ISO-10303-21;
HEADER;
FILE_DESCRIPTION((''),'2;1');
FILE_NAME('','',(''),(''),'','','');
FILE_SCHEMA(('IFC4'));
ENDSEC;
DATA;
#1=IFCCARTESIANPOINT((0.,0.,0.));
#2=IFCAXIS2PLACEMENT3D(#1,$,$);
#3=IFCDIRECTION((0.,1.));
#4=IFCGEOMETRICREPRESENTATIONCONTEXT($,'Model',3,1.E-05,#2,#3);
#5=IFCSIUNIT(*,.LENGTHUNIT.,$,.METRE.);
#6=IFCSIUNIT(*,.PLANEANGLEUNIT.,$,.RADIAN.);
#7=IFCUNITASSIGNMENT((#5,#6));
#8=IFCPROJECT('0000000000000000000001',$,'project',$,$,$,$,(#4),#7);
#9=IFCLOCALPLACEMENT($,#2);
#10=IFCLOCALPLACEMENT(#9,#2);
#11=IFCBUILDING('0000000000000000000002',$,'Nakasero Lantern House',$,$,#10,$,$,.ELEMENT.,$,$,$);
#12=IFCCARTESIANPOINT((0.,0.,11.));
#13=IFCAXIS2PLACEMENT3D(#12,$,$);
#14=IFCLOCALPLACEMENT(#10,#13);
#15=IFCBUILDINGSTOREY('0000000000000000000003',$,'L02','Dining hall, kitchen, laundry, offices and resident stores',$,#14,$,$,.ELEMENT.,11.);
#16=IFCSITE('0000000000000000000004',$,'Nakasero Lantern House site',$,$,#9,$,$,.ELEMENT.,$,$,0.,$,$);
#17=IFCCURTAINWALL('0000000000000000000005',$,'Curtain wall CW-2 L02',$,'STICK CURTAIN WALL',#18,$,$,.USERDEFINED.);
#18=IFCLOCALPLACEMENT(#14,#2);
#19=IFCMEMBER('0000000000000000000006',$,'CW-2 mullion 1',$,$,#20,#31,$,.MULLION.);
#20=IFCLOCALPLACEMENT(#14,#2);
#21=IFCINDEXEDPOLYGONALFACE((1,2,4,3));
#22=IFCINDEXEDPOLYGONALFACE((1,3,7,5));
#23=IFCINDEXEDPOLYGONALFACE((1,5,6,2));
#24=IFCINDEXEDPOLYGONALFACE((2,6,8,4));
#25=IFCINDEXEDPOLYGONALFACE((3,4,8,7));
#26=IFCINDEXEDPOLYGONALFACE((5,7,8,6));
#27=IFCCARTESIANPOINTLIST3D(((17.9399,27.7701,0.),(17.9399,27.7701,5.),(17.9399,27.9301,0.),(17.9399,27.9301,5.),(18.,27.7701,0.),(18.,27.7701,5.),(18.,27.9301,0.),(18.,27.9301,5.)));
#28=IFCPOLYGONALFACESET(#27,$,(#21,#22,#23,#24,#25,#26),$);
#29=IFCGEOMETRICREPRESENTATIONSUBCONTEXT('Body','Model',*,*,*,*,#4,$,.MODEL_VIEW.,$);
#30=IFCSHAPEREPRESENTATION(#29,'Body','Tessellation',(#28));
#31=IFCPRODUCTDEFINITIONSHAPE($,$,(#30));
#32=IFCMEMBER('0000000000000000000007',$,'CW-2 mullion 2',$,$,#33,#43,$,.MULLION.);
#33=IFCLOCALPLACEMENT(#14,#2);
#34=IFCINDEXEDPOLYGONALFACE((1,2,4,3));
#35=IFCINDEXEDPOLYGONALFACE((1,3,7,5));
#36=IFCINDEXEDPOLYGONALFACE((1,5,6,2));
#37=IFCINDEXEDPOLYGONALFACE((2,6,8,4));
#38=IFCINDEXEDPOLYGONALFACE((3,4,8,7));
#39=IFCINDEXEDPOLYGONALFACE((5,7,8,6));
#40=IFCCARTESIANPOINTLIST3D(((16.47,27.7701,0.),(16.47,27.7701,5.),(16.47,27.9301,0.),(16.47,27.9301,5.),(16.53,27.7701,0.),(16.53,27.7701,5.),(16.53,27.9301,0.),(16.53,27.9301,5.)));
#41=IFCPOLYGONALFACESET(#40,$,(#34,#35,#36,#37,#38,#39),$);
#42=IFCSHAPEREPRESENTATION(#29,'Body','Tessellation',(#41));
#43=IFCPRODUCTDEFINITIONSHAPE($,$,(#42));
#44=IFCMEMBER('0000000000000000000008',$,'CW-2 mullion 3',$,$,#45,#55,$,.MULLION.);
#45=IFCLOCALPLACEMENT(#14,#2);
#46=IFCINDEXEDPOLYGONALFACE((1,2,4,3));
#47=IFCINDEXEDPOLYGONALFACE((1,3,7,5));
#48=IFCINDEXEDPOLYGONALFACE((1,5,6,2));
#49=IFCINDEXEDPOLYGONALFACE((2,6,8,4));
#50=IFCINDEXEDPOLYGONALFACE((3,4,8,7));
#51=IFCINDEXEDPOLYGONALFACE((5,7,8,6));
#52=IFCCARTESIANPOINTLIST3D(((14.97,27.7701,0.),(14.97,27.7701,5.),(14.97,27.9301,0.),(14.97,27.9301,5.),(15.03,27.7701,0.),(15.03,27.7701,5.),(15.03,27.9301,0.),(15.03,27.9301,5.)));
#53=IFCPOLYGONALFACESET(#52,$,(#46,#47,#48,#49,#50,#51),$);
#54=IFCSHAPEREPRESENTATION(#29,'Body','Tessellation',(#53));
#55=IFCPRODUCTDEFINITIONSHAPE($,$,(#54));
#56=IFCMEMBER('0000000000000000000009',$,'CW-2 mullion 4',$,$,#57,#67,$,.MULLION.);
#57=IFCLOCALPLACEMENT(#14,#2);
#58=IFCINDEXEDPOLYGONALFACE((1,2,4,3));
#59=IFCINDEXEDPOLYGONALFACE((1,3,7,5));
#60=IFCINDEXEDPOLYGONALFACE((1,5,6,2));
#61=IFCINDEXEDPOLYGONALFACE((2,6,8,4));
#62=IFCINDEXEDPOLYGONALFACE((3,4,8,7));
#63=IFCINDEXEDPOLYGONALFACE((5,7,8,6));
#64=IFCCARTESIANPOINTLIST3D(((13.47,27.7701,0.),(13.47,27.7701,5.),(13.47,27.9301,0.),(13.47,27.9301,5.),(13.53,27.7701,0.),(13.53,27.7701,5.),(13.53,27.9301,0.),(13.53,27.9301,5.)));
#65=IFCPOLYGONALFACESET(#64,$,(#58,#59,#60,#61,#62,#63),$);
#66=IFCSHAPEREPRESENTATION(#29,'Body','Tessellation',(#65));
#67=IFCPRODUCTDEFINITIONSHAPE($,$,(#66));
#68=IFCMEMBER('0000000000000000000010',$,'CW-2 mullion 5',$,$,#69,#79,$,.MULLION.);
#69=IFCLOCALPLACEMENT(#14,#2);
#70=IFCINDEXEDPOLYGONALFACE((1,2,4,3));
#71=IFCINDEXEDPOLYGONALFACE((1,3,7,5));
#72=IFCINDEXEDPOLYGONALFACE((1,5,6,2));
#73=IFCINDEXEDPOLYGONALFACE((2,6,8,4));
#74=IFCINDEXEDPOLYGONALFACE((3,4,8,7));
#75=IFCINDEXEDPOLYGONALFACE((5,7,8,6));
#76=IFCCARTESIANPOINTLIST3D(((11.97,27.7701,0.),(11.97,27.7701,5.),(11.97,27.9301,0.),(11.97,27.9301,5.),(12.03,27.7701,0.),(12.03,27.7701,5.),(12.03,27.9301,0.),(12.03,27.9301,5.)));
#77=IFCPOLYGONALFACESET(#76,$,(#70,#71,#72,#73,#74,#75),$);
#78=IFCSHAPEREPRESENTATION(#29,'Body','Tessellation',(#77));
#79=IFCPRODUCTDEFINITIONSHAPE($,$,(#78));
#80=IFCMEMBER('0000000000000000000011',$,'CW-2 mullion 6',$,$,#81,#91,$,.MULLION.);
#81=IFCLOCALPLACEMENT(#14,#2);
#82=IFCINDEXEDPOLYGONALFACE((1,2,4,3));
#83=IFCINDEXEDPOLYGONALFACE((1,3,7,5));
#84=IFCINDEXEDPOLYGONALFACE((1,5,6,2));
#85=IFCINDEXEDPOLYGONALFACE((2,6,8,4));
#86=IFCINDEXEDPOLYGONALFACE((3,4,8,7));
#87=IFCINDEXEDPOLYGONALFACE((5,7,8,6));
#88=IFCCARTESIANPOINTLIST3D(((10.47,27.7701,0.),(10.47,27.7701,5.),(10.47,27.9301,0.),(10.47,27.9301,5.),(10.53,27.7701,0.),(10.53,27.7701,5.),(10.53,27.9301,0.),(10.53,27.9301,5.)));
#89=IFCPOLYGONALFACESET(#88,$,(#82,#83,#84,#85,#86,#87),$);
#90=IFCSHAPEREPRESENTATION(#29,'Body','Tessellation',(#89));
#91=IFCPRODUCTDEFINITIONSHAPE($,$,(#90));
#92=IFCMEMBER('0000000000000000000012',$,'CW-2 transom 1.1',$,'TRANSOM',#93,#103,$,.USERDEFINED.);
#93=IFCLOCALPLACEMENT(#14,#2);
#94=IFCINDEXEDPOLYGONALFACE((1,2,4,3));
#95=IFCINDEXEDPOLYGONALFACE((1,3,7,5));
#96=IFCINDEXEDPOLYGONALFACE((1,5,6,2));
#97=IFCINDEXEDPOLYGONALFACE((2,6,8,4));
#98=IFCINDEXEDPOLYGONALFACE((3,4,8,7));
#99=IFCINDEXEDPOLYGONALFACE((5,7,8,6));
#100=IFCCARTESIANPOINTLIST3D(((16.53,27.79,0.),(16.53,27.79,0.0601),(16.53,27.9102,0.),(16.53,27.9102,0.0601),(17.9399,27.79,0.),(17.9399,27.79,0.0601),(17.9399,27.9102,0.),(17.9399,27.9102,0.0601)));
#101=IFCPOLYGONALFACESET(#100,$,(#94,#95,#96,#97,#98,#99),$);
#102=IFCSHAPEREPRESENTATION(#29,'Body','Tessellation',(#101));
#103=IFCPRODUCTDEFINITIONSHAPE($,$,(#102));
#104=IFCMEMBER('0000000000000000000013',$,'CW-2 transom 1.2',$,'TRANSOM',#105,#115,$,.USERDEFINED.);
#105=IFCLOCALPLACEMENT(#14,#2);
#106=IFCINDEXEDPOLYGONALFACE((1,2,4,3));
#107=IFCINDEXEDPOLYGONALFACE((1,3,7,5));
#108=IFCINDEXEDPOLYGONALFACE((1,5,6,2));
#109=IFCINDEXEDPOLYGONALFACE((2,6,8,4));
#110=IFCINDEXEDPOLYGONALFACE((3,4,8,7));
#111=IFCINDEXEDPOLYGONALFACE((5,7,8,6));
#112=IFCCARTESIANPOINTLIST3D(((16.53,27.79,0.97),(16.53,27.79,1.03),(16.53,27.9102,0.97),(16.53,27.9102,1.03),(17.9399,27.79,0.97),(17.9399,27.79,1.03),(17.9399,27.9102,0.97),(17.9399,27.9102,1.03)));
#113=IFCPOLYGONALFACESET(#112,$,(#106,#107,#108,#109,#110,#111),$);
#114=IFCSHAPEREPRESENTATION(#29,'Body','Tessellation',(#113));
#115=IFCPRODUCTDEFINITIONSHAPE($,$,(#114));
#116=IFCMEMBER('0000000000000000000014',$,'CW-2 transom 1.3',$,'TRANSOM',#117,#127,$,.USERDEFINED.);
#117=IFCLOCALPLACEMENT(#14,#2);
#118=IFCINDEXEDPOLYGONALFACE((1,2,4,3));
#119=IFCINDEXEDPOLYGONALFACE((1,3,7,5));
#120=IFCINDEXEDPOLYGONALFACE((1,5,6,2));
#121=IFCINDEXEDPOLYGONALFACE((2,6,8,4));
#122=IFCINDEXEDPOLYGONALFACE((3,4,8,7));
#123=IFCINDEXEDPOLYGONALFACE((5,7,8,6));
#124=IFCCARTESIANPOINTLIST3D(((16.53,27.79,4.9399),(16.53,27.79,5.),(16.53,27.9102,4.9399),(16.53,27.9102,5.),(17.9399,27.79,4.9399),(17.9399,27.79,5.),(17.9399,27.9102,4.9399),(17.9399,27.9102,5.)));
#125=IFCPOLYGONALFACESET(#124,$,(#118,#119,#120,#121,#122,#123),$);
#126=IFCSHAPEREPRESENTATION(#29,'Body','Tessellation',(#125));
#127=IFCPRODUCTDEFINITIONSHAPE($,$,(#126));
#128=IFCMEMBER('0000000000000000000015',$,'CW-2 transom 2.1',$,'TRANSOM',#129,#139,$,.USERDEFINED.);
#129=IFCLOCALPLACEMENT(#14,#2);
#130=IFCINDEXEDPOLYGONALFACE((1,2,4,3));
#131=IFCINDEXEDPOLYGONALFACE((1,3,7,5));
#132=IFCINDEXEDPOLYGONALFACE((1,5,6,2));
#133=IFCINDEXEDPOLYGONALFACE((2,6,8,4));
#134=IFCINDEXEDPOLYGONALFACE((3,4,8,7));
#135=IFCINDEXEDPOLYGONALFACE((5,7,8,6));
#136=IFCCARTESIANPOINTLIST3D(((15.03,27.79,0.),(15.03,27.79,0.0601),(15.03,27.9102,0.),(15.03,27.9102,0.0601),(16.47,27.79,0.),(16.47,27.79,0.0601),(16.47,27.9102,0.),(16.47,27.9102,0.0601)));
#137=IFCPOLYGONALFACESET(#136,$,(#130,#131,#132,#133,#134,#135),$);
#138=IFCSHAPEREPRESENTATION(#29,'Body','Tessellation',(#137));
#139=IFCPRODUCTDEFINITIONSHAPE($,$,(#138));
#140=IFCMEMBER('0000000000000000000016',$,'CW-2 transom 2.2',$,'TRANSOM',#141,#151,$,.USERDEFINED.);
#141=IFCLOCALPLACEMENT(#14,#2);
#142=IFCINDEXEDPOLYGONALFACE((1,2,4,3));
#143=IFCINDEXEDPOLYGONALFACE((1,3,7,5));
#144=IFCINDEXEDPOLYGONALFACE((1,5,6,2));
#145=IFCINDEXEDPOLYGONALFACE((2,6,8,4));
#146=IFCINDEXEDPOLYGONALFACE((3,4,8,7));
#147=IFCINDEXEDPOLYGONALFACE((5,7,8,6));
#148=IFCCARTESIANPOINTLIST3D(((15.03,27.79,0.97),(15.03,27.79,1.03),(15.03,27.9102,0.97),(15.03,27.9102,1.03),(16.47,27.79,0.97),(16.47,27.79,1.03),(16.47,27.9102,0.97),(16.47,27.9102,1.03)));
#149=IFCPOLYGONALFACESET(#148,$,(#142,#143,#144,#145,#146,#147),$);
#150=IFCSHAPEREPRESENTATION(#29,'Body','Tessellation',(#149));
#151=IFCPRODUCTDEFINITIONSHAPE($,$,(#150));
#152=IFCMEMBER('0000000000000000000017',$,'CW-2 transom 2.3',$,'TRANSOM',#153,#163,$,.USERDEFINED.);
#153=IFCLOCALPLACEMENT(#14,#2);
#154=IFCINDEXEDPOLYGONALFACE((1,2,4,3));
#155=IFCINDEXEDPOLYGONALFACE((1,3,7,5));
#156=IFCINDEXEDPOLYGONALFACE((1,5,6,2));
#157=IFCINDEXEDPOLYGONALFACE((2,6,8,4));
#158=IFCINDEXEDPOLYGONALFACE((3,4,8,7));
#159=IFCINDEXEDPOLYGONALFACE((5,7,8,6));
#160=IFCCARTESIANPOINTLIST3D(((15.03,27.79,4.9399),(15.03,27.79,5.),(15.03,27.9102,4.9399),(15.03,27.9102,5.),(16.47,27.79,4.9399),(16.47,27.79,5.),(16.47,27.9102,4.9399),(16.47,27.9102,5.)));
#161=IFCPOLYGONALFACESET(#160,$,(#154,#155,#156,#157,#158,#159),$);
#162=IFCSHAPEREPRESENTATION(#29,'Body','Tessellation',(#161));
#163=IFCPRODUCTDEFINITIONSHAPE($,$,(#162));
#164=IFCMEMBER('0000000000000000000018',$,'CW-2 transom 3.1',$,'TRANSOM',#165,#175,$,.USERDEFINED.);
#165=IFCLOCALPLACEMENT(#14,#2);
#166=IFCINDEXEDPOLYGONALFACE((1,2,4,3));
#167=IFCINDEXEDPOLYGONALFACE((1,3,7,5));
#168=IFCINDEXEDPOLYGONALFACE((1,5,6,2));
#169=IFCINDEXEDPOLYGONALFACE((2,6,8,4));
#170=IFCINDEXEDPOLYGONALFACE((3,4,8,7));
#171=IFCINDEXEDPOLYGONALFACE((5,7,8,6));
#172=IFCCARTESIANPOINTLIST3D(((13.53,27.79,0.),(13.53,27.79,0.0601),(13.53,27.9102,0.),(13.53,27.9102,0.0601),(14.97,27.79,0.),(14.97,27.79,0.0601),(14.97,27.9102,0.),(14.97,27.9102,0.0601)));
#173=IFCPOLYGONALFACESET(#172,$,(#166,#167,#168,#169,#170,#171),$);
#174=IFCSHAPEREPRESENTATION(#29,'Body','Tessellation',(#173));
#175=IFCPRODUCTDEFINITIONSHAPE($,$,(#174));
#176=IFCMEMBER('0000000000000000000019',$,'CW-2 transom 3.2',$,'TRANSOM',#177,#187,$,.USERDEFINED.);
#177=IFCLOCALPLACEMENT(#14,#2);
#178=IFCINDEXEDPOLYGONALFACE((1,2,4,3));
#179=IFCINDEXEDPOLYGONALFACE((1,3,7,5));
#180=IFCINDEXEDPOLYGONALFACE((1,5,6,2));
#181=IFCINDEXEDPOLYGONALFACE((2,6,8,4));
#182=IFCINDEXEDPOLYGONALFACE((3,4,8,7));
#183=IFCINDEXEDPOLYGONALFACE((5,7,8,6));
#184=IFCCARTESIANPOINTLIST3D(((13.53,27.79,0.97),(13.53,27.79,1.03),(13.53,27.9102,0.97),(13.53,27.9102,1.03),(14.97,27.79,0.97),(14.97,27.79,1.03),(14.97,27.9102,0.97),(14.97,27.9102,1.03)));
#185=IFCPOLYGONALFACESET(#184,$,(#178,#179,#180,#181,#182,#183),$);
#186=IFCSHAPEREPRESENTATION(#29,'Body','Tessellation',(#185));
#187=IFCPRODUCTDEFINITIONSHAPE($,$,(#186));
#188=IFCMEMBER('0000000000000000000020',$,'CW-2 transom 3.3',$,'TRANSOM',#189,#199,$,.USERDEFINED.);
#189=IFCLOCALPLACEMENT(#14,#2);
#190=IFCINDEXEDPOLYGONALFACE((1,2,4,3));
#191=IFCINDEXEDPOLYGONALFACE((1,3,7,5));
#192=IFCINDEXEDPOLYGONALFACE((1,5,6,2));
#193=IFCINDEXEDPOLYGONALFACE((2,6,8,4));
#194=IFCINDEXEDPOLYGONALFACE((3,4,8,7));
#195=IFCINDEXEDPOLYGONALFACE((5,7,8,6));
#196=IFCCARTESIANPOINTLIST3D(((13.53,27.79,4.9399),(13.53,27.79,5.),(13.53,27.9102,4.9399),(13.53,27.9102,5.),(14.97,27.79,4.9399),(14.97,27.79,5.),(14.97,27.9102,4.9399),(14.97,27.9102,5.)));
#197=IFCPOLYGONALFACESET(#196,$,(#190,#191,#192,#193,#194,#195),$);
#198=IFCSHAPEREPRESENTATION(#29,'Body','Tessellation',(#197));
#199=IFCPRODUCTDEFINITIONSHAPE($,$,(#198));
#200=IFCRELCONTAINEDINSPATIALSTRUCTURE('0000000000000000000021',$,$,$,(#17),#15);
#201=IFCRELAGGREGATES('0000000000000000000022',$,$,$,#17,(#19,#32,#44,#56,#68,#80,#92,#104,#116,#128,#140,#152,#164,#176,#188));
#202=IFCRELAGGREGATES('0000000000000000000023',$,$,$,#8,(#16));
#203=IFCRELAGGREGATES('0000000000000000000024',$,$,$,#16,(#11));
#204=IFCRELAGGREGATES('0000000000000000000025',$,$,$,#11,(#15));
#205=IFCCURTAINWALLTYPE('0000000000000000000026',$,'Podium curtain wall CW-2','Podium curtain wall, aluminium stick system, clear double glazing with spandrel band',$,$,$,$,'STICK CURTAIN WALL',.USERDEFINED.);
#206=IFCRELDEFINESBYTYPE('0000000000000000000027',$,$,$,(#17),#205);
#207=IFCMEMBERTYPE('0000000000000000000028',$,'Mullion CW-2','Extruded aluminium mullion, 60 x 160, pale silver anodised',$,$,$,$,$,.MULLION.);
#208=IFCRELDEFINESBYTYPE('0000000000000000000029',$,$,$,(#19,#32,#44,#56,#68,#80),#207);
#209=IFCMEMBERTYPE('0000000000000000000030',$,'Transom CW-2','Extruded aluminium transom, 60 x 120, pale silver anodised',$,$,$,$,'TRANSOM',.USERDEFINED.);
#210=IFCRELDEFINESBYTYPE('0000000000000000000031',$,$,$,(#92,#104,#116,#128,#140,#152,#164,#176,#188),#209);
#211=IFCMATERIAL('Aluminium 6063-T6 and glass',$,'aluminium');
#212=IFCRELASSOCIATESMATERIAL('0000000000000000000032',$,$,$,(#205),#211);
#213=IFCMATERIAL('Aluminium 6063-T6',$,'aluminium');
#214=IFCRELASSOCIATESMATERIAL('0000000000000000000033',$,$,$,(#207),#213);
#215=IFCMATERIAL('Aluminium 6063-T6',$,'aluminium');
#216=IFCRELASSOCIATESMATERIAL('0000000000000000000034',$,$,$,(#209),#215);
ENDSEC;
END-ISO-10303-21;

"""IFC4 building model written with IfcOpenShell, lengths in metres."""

from ifc_helpers import new_model, si_unit, direction, frame, origin, origin_2d, place, context, subcontext, project, spatial, rectangle, extrude, material, material_profile, profile_set, type_object, element, aggregate, save


model = new_model("IFC4")

# Units and contexts
model_context = context("Model", 3, precision=1e-05, world=origin(), true_north=direction((0.0, 1.0)))
body_context = subcontext(model_context, "Body", "Model", "MODEL_VIEW")
ifc_project = project(units=[si_unit("LENGTHUNIT", "METRE"), si_unit("PLANEANGLEUNIT", "RADIAN")], contexts=[model_context])

# Site, building, storey
site_placement = place(None, origin())
site = spatial("IfcSite", under=ifc_project, at=site_placement, Name="Nakasero Lantern House site", CompositionType="ELEMENT", RefElevation=0.0)
building_placement = place(site_placement, origin())
building = spatial("IfcBuilding", under=site, at=building_placement, Name="Nakasero Lantern House", CompositionType="ELEMENT")
storey_placement = place(building_placement, frame((0.0, 0.0, 11.0)))
storey = spatial("IfcBuildingStorey", under=building, at=storey_placement, Name="L02", Description="Dining hall, kitchen, laundry, offices and resident stores", CompositionType="ELEMENT", Elevation=11.0)

# Curtain wall, members
ifc_material_1 = material(Name="Aluminium 6063-T6 and glass", Category="aluminium")
curtain_wall_type = type_object("IfcCurtainWallType", Name="Podium curtain wall CW-2", Description="Podium curtain wall, aluminium stick system, clear double glazing with spandrel band", ElementType="STICK CURTAIN WALL", PredefinedType="USERDEFINED", material=ifc_material_1)
curtain_wall_placement = place(storey_placement, origin())
curtain_wall = element("IfcCurtainWall", 1, at=curtain_wall_placement, inside=storey, type_object=curtain_wall_type, Name="Curtain wall CW-2 L02", ObjectType="STICK CURTAIN WALL", PredefinedType="USERDEFINED")
ifc_material_2 = material(Name="Aluminium 6063-T6", Category="aluminium")
ifc_material_profile_1 = material_profile(ifc_material_2, rectangle(XDim=0.0601, YDim=0.1599, at=origin_2d()), Name="CW-2 mullion 60x160")
ifc_profile_set_1 = profile_set([ifc_material_profile_1], Name="Aluminium 6063-T6")
member_type_1 = type_object("IfcMemberType", Name="Mullion CW-2", Description="Extruded aluminium mullion, 60 x 160, pale silver anodised", PredefinedType="MULLION", material=ifc_profile_set_1)
member_1_placement = place(storey_placement, frame((17.97, 27.8501, 0.0), z_axis=(0.0, 0.0, 1.0), x_axis=(-1.0, 0.0, 0.0)))
member_1 = element("IfcMember", 2, at=member_1_placement, type_object=member_type_1, Name="CW-2 mullion 1", PredefinedType="MULLION", context=body_context, shape_type="SweptSolid", body=[
    extrude(rectangle(XDim=0.0601, YDim=0.1599, at=origin_2d()), origin(), (0.0, 0.0, 1.0), 5.0),
])
member_2_placement = place(storey_placement, frame((16.5, 27.8501, 0.0), z_axis=(0.0, 0.0, 1.0), x_axis=(-1.0, 0.0, 0.0)))
member_2 = element("IfcMember", 3, at=member_2_placement, type_object=member_type_1, Name="CW-2 mullion 2", PredefinedType="MULLION", context=body_context, shape_type="SweptSolid", body=[
    extrude(rectangle(XDim=0.0601, YDim=0.1599, at=origin_2d()), origin(), (0.0, 0.0, 1.0), 5.0),
])
member_3_placement = place(storey_placement, frame((15.0, 27.8501, 0.0), z_axis=(0.0, 0.0, 1.0), x_axis=(-1.0, 0.0, 0.0)))
member_3 = element("IfcMember", 4, at=member_3_placement, type_object=member_type_1, Name="CW-2 mullion 3", PredefinedType="MULLION", context=body_context, shape_type="SweptSolid", body=[
    extrude(rectangle(XDim=0.0601, YDim=0.1599, at=origin_2d()), origin(), (0.0, 0.0, 1.0), 5.0),
])
member_4_placement = place(storey_placement, frame((13.5, 27.8501, 0.0), z_axis=(0.0, 0.0, 1.0), x_axis=(-1.0, 0.0, 0.0)))
member_4 = element("IfcMember", 5, at=member_4_placement, type_object=member_type_1, Name="CW-2 mullion 4", PredefinedType="MULLION", context=body_context, shape_type="SweptSolid", body=[
    extrude(rectangle(XDim=0.0601, YDim=0.1599, at=origin_2d()), origin(), (0.0, 0.0, 1.0), 5.0),
])
member_5_placement = place(storey_placement, frame((12.0, 27.8501, 0.0), z_axis=(0.0, 0.0, 1.0), x_axis=(-1.0, 0.0, 0.0)))
member_5 = element("IfcMember", 6, at=member_5_placement, type_object=member_type_1, Name="CW-2 mullion 5", PredefinedType="MULLION", context=body_context, shape_type="SweptSolid", body=[
    extrude(rectangle(XDim=0.0601, YDim=0.1599, at=origin_2d()), origin(), (0.0, 0.0, 1.0), 5.0),
])
member_6_placement = place(storey_placement, frame((10.5, 27.8501, 0.0), z_axis=(0.0, 0.0, 1.0), x_axis=(-1.0, 0.0, 0.0)))
member_6 = element("IfcMember", 7, at=member_6_placement, type_object=member_type_1, Name="CW-2 mullion 6", PredefinedType="MULLION", context=body_context, shape_type="SweptSolid", body=[
    extrude(rectangle(XDim=0.0601, YDim=0.1599, at=origin_2d()), origin(), (0.0, 0.0, 1.0), 5.0),
])
ifc_material_3 = material(Name="Aluminium 6063-T6", Category="aluminium")
ifc_material_profile_2 = material_profile(ifc_material_3, rectangle(XDim=0.0601, YDim=0.1201, at=origin_2d()), Name="CW-2 transom 60x120")
ifc_profile_set_2 = profile_set([ifc_material_profile_2], Name="Aluminium 6063-T6")
member_type_2 = type_object("IfcMemberType", Name="Transom CW-2", Description="Extruded aluminium transom, 60 x 120, pale silver anodised", ElementType="TRANSOM", PredefinedType="USERDEFINED", material=ifc_profile_set_2)
member_7_placement = place(storey_placement, frame((17.9399, 27.8501, 0.03), z_axis=(-1.0, 0.0, 0.0), x_axis=(0.0, 0.0, 1.0)))
member_7 = element("IfcMember", 8, at=member_7_placement, type_object=member_type_2, Name="CW-2 transom 1.1", ObjectType="TRANSOM", PredefinedType="USERDEFINED", context=body_context, shape_type="SweptSolid", body=[
    extrude(rectangle(XDim=0.0601, YDim=0.1201, at=origin_2d()), origin(), (0.0, 0.0, 1.0), 1.4099),
])
member_8_placement = place(storey_placement, frame((17.9399, 27.8501, 1.0), z_axis=(-1.0, 0.0, 0.0), x_axis=(0.0, 0.0, 1.0)))
member_8 = element("IfcMember", 9, at=member_8_placement, type_object=member_type_2, Name="CW-2 transom 1.2", ObjectType="TRANSOM", PredefinedType="USERDEFINED", context=body_context, shape_type="SweptSolid", body=[
    extrude(rectangle(XDim=0.0601, YDim=0.1201, at=origin_2d()), origin(), (0.0, 0.0, 1.0), 1.4099),
])
member_9_placement = place(storey_placement, frame((17.9399, 27.8501, 4.97), z_axis=(-1.0, 0.0, 0.0), x_axis=(0.0, 0.0, 1.0)))
member_9 = element("IfcMember", 10, at=member_9_placement, type_object=member_type_2, Name="CW-2 transom 1.3", ObjectType="TRANSOM", PredefinedType="USERDEFINED", context=body_context, shape_type="SweptSolid", body=[
    extrude(rectangle(XDim=0.0601, YDim=0.1201, at=origin_2d()), origin(), (0.0, 0.0, 1.0), 1.4099),
])
member_10_placement = place(storey_placement, frame((16.47, 27.8501, 0.03), z_axis=(-1.0, 0.0, 0.0), x_axis=(0.0, 0.0, 1.0)))
member_10 = element("IfcMember", 11, at=member_10_placement, type_object=member_type_2, Name="CW-2 transom 2.1", ObjectType="TRANSOM", PredefinedType="USERDEFINED", context=body_context, shape_type="SweptSolid", body=[
    extrude(rectangle(XDim=0.0601, YDim=0.1201, at=origin_2d()), origin(), (0.0, 0.0, 1.0), 1.4399),
])
member_11_placement = place(storey_placement, frame((16.47, 27.8501, 1.0), z_axis=(-1.0, 0.0, 0.0), x_axis=(0.0, 0.0, 1.0)))
member_11 = element("IfcMember", 12, at=member_11_placement, type_object=member_type_2, Name="CW-2 transom 2.2", ObjectType="TRANSOM", PredefinedType="USERDEFINED", context=body_context, shape_type="SweptSolid", body=[
    extrude(rectangle(XDim=0.0601, YDim=0.1201, at=origin_2d()), origin(), (0.0, 0.0, 1.0), 1.4399),
])
member_12_placement = place(storey_placement, frame((16.47, 27.8501, 4.97), z_axis=(-1.0, 0.0, 0.0), x_axis=(0.0, 0.0, 1.0)))
member_12 = element("IfcMember", 13, at=member_12_placement, type_object=member_type_2, Name="CW-2 transom 2.3", ObjectType="TRANSOM", PredefinedType="USERDEFINED", context=body_context, shape_type="SweptSolid", body=[
    extrude(rectangle(XDim=0.0601, YDim=0.1201, at=origin_2d()), origin(), (0.0, 0.0, 1.0), 1.4399),
])
member_13_placement = place(storey_placement, frame((14.97, 27.8501, 0.03), z_axis=(-1.0, 0.0, 0.0), x_axis=(0.0, 0.0, 1.0)))
member_13 = element("IfcMember", 14, at=member_13_placement, type_object=member_type_2, Name="CW-2 transom 3.1", ObjectType="TRANSOM", PredefinedType="USERDEFINED", context=body_context, shape_type="SweptSolid", body=[
    extrude(rectangle(XDim=0.0601, YDim=0.1201, at=origin_2d()), origin(), (0.0, 0.0, 1.0), 1.4399),
])
member_14_placement = place(storey_placement, frame((14.97, 27.8501, 1.0), z_axis=(-1.0, 0.0, 0.0), x_axis=(0.0, 0.0, 1.0)))
member_14 = element("IfcMember", 15, at=member_14_placement, type_object=member_type_2, Name="CW-2 transom 3.2", ObjectType="TRANSOM", PredefinedType="USERDEFINED", context=body_context, shape_type="SweptSolid", body=[
    extrude(rectangle(XDim=0.0601, YDim=0.1201, at=origin_2d()), origin(), (0.0, 0.0, 1.0), 1.4399),
])
member_15_placement = place(storey_placement, frame((14.97, 27.8501, 4.97), z_axis=(-1.0, 0.0, 0.0), x_axis=(0.0, 0.0, 1.0)))
member_15 = element("IfcMember", 16, at=member_15_placement, type_object=member_type_2, Name="CW-2 transom 3.3", ObjectType="TRANSOM", PredefinedType="USERDEFINED", context=body_context, shape_type="SweptSolid", body=[
    extrude(rectangle(XDim=0.0601, YDim=0.1201, at=origin_2d()), origin(), (0.0, 0.0, 1.0), 1.4399),
])
aggregate(curtain_wall, [member_1, member_2, member_3, member_4, member_5, member_6, member_7, member_8, member_9, member_10, member_11, member_12, member_13, member_14, member_15])

save(model, "model.ifc")
